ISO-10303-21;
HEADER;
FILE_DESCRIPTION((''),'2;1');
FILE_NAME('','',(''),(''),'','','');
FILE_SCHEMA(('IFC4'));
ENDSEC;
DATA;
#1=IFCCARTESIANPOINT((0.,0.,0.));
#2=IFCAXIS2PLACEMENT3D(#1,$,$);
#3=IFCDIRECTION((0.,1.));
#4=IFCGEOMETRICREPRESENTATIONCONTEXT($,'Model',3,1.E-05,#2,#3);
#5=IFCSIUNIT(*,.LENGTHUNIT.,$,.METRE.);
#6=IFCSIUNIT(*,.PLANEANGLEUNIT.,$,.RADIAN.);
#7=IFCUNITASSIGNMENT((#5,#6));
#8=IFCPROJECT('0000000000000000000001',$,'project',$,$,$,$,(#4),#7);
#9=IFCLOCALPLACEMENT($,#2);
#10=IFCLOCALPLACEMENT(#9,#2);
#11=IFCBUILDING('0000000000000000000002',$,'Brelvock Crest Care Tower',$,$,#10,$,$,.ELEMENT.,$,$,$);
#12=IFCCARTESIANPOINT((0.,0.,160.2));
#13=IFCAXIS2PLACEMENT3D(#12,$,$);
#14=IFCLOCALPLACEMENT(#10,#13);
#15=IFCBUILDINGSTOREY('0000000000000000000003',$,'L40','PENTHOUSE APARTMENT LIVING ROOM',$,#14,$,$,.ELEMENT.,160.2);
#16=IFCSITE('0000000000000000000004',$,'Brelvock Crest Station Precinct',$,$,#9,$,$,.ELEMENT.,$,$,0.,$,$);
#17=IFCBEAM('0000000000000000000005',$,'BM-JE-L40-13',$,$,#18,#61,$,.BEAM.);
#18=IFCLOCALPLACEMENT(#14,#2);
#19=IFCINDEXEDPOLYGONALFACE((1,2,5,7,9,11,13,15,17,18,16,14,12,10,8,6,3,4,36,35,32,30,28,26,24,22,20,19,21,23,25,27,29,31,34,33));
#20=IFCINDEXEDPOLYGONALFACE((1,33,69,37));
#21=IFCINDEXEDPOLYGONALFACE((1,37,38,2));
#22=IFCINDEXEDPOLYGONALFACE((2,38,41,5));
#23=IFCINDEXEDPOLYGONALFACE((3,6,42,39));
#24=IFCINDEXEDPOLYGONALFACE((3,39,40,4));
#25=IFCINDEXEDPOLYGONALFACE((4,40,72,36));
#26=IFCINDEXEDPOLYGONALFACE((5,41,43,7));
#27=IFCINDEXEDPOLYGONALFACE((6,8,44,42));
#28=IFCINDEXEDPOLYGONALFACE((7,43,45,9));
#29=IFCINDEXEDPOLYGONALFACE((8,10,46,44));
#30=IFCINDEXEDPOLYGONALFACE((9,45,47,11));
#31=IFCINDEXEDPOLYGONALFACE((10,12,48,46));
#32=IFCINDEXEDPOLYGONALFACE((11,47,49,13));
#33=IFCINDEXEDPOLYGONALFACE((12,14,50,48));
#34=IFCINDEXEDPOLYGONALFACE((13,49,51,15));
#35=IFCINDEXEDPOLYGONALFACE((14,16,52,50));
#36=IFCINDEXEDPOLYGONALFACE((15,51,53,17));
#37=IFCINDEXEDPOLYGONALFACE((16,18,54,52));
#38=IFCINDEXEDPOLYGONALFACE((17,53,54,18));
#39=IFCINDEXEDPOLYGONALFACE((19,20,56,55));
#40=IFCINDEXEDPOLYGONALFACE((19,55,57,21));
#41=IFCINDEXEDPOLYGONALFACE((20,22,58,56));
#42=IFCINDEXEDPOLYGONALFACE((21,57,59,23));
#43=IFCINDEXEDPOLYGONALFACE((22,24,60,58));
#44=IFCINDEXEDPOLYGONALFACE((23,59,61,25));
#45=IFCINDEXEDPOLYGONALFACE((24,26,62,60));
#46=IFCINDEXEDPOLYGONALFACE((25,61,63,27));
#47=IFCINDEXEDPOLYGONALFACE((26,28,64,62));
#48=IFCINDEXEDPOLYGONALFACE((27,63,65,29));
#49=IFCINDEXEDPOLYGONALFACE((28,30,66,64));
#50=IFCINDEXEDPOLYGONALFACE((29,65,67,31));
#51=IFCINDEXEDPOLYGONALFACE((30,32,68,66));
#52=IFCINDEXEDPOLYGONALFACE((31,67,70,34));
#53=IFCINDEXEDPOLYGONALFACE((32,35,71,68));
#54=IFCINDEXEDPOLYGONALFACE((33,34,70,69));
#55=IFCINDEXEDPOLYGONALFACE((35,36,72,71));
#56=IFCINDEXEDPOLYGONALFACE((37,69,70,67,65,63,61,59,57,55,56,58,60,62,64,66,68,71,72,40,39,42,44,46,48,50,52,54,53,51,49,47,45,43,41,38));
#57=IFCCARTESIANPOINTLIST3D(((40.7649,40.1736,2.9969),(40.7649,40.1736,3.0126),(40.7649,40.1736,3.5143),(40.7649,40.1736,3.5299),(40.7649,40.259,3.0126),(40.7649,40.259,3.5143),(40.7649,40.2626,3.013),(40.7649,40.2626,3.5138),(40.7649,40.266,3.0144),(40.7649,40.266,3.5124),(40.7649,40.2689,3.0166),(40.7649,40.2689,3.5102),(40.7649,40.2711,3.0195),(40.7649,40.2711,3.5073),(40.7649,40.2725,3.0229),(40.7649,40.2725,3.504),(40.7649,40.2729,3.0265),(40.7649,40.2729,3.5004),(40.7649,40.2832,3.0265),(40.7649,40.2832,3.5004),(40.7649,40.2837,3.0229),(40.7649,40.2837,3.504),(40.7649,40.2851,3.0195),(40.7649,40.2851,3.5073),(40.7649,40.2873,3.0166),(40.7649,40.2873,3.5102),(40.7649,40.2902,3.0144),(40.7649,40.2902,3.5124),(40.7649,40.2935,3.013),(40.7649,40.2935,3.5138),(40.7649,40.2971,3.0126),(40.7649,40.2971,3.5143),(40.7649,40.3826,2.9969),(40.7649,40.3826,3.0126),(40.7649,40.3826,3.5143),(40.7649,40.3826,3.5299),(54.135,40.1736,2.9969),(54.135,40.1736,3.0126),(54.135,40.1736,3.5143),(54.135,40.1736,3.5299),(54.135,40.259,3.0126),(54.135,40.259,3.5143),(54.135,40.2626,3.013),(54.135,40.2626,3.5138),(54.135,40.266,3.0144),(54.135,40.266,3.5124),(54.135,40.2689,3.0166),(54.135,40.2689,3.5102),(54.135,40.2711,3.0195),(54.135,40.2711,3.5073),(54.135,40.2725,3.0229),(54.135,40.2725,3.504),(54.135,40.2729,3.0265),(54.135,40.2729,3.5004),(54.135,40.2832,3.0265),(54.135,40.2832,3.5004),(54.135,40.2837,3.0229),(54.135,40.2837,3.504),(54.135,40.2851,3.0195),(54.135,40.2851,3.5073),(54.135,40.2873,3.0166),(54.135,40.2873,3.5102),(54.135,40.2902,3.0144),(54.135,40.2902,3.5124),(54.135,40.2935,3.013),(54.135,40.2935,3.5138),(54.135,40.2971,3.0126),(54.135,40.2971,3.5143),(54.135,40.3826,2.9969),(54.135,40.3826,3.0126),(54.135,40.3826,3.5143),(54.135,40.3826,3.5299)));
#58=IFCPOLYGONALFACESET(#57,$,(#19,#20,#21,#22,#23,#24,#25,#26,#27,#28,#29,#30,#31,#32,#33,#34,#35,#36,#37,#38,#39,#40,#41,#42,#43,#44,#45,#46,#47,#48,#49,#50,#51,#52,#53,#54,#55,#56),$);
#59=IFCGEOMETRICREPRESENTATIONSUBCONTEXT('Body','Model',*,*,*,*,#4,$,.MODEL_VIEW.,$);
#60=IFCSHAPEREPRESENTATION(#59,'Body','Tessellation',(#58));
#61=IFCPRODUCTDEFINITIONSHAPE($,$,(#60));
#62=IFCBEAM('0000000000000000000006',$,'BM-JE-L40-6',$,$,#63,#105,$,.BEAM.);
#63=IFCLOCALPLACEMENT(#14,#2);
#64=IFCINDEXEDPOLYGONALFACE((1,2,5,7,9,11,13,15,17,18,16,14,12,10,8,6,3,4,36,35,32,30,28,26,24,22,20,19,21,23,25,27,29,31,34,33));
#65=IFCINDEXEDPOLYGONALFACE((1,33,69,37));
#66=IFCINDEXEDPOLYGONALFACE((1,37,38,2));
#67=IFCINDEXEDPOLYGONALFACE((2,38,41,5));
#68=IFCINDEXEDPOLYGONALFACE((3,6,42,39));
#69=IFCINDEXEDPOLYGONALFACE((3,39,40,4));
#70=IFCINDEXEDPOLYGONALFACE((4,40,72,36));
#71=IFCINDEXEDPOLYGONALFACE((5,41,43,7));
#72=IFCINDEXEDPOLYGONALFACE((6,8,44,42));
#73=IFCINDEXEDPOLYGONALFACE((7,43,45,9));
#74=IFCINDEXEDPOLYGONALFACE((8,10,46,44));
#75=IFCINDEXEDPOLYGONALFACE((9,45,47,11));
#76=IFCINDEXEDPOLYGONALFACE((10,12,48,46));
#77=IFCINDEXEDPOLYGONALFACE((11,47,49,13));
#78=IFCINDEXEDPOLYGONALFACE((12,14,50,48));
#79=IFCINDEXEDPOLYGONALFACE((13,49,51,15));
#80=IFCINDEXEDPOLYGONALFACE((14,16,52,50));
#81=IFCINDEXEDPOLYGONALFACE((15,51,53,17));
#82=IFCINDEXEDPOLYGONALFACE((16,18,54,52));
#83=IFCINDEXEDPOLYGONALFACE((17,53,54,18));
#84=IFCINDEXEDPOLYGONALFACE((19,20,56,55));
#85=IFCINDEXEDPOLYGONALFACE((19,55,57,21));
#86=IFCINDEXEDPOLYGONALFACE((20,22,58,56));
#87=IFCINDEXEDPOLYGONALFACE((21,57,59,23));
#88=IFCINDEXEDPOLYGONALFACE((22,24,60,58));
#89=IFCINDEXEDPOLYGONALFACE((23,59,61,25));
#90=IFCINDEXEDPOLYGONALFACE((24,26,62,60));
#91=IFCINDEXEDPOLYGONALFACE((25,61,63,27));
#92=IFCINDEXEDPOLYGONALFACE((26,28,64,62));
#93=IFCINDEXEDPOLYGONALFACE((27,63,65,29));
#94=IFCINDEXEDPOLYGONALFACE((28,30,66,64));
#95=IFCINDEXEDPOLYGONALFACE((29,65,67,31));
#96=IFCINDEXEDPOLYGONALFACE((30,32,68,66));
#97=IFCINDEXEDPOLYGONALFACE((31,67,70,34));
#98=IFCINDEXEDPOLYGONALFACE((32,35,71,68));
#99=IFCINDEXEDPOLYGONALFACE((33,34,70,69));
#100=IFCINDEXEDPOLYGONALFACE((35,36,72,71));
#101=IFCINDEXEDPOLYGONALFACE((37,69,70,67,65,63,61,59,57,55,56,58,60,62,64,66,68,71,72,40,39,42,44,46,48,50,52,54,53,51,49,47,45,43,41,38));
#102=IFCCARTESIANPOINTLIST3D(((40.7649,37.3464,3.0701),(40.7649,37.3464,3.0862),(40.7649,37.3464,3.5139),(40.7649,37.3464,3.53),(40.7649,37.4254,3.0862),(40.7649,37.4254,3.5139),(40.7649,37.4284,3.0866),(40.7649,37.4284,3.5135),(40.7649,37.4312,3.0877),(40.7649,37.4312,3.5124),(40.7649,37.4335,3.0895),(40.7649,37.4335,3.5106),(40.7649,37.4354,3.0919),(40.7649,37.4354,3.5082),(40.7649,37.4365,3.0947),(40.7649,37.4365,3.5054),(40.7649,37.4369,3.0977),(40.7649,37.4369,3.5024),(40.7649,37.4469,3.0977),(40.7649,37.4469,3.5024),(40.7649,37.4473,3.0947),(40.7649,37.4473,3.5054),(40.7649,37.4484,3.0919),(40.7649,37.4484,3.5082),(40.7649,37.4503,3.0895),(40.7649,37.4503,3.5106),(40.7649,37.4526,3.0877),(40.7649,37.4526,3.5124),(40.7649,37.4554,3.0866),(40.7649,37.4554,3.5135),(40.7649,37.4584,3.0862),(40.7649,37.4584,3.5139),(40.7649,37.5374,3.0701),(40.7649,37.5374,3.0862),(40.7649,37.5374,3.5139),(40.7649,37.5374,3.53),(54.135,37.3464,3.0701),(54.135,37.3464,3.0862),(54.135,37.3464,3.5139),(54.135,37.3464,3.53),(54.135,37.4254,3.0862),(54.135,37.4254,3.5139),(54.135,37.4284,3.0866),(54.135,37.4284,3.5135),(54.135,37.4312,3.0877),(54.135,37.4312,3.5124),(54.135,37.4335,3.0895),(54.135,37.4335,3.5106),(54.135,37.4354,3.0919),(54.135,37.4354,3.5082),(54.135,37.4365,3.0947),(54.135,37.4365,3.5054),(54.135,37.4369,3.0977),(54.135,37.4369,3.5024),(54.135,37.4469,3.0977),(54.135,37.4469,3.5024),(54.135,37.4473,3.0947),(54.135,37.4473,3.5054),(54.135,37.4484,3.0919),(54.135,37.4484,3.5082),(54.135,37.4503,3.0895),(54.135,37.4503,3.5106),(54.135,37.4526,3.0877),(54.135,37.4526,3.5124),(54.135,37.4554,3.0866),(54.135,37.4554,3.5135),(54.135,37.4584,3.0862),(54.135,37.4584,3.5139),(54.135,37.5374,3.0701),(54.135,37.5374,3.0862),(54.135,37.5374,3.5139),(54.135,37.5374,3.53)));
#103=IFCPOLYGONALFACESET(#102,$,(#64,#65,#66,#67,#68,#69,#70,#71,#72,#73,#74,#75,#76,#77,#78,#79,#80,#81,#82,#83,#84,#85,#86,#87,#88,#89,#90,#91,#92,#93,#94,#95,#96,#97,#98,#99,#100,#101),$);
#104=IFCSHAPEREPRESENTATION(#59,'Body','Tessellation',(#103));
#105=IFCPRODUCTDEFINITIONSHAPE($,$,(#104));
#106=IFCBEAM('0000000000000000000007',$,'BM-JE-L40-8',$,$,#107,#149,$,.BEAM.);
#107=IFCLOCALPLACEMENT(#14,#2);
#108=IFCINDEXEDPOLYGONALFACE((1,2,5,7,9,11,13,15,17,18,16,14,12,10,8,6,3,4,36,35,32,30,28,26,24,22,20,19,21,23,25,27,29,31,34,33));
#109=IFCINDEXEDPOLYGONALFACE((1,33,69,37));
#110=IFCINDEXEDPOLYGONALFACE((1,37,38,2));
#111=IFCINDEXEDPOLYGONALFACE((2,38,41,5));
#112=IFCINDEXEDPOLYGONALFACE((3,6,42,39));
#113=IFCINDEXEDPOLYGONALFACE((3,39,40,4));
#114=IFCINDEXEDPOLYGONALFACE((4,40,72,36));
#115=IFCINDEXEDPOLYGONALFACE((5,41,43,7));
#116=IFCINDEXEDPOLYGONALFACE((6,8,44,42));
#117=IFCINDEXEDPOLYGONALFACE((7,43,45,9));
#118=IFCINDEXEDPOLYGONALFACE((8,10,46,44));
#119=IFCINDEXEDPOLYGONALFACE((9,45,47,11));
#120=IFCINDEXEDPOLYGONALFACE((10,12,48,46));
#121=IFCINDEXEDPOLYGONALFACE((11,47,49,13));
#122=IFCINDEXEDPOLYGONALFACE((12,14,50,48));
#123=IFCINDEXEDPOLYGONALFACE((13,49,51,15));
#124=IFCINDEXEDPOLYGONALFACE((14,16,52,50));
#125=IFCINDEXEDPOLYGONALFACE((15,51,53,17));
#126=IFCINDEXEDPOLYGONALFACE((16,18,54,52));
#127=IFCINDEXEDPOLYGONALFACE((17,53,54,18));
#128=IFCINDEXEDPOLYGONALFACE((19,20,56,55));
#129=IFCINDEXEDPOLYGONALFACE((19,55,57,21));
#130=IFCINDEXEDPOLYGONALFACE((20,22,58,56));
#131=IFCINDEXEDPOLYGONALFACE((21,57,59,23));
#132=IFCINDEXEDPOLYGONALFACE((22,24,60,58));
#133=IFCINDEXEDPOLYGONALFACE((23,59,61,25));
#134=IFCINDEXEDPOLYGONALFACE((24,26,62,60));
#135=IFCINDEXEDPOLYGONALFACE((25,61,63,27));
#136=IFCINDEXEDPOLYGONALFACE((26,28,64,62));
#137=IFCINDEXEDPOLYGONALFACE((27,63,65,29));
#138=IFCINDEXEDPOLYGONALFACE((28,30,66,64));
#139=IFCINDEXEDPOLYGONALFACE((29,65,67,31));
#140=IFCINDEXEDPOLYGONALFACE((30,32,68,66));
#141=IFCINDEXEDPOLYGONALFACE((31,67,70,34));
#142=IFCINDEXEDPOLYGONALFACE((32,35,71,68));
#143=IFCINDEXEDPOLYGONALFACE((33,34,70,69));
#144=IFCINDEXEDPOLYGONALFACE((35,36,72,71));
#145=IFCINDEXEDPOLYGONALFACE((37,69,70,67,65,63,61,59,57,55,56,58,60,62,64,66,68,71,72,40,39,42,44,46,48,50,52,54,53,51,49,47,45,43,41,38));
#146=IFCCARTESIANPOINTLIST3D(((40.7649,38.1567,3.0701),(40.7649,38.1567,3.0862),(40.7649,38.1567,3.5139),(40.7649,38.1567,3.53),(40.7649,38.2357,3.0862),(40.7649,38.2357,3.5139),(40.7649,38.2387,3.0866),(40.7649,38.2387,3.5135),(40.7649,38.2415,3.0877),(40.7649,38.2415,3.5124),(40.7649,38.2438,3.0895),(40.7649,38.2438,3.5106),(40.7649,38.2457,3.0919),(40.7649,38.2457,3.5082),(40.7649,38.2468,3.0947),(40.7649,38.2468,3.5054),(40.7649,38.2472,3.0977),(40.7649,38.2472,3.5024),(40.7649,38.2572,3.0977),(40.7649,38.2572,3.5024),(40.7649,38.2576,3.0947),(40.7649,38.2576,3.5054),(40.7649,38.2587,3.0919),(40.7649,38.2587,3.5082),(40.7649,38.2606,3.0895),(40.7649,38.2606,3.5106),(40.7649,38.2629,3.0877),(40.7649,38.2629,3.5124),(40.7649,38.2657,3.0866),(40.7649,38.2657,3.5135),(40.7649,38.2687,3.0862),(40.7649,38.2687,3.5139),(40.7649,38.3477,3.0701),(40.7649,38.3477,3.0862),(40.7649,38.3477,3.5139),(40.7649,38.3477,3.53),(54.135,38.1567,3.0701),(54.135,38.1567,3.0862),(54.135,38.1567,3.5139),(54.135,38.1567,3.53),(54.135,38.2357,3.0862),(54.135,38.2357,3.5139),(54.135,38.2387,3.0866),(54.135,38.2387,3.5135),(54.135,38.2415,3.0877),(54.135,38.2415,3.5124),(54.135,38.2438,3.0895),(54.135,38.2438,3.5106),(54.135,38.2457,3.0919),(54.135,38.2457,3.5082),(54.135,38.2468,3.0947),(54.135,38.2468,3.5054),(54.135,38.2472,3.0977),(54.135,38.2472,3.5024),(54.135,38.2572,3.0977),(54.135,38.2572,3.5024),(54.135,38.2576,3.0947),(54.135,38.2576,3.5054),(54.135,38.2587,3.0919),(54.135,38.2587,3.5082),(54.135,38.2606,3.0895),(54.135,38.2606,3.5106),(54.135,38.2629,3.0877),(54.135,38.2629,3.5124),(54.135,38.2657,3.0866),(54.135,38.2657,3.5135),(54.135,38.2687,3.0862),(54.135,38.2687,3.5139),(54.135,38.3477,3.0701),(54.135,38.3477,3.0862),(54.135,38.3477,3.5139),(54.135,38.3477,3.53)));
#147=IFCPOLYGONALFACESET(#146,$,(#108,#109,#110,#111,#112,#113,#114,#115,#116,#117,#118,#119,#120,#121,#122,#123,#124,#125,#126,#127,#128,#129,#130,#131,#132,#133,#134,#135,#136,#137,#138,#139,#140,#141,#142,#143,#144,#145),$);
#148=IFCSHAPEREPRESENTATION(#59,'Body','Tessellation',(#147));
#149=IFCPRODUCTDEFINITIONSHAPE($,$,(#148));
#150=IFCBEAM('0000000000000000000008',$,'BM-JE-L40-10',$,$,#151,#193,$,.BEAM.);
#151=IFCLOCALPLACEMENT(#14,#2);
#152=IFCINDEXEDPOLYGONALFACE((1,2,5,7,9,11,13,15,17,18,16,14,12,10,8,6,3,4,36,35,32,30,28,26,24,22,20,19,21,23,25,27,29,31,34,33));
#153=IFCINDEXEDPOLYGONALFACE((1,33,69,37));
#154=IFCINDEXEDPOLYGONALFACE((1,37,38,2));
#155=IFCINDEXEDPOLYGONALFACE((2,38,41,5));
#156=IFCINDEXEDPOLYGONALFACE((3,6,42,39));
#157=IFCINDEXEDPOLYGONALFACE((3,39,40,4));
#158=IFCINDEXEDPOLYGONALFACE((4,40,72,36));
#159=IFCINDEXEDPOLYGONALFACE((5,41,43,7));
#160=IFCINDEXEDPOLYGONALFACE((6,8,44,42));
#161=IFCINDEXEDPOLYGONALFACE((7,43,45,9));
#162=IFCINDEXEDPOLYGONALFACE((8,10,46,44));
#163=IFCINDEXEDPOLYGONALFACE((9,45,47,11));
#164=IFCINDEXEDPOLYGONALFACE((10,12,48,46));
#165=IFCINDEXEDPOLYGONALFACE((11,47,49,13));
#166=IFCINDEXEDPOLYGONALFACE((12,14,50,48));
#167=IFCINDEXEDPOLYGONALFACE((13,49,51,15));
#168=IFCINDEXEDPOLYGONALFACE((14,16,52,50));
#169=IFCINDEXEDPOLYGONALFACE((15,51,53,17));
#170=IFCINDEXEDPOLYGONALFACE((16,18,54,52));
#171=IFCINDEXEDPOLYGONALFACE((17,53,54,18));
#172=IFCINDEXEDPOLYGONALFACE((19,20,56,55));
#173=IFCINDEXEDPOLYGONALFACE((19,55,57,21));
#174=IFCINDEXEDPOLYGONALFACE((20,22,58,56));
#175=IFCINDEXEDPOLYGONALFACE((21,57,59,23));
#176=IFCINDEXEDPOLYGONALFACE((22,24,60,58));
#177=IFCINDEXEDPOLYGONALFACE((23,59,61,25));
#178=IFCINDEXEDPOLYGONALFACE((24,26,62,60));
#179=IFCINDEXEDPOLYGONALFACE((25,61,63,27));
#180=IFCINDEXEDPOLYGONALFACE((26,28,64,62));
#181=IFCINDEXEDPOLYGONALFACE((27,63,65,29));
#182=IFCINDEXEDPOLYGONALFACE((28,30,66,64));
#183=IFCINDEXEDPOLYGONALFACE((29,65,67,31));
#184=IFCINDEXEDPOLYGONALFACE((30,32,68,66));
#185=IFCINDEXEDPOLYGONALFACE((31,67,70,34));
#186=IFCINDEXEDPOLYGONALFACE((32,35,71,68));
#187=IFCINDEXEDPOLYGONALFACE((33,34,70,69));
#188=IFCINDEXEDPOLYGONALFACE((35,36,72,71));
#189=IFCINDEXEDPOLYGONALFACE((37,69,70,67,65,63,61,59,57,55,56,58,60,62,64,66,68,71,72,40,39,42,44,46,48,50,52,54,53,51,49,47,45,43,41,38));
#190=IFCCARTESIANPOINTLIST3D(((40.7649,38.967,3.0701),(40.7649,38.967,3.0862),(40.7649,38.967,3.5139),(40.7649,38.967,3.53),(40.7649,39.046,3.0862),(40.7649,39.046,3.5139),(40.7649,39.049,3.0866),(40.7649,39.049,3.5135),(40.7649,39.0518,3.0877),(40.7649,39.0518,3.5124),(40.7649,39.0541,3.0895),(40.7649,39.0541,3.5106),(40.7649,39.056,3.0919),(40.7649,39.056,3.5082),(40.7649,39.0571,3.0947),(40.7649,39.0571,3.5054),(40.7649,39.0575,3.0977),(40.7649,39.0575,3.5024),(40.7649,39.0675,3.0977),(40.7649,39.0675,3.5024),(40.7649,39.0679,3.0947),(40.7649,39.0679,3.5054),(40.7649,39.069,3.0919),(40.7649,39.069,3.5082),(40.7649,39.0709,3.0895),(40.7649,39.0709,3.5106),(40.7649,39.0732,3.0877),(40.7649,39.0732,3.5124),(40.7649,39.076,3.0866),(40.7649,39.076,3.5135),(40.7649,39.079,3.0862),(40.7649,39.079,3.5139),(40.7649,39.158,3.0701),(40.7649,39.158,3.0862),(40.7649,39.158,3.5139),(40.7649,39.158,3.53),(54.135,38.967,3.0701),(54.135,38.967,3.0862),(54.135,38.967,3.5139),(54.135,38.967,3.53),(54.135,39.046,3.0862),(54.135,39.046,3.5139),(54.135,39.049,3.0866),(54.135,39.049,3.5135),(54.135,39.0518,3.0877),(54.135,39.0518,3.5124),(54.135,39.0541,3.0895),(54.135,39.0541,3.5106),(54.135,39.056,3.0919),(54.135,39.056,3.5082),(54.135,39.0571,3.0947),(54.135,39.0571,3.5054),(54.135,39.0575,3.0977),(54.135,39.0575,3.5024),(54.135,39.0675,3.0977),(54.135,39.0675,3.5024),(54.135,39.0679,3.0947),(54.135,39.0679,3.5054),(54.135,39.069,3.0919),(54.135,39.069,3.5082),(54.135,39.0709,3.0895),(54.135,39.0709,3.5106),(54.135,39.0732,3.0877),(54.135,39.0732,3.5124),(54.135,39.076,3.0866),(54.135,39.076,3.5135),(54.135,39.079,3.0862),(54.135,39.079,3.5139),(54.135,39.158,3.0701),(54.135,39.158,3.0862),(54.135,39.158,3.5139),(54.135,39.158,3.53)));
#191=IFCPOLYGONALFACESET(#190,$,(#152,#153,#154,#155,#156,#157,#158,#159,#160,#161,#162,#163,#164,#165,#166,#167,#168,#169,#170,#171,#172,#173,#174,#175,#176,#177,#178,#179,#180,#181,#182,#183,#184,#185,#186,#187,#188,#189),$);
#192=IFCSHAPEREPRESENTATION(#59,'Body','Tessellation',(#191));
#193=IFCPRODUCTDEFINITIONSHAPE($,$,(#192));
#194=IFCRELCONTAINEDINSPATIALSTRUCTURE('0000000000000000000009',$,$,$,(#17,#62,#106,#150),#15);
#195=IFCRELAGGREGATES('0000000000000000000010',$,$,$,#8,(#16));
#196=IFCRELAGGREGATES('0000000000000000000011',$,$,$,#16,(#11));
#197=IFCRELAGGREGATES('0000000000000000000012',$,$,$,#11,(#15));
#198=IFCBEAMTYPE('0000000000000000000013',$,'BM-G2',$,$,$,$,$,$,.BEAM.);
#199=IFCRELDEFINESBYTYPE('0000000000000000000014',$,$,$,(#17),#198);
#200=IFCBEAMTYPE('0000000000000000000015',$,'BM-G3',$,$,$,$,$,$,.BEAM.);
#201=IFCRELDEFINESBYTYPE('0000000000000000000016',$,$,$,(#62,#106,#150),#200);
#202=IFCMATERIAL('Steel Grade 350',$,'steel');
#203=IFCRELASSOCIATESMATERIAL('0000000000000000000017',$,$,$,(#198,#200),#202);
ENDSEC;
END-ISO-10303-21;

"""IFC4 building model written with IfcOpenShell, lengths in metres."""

from ifc_helpers import new_model, si_unit, direction, frame, origin, origin_2d, place, context, subcontext, project, spatial, i_section, extrude, source, transform, mapped, material, material_profile, profile_set, type_object, element, save


model = new_model("IFC4")

# Units and contexts
model_context = context("Model", 3, precision=1e-05, world=origin(), true_north=direction((0.0, 1.0)))
body_context = subcontext(model_context, "Body", "Model", "MODEL_VIEW")
ifc_project = project(units=[si_unit("LENGTHUNIT", "METRE"), si_unit("PLANEANGLEUNIT", "RADIAN")], contexts=[model_context])

# Site, building, storey
site_placement = place(None, origin())
site = spatial("IfcSite", under=ifc_project, at=site_placement, Name="Brelvock Crest Station Precinct", CompositionType="ELEMENT", RefElevation=0.0)
building_placement = place(site_placement, origin())
building = spatial("IfcBuilding", under=site, at=building_placement, Name="Brelvock Crest Care Tower", CompositionType="ELEMENT")
storey_placement = place(building_placement, frame((0.0, 0.0, 160.2)))
storey = spatial("IfcBuildingStorey", under=building, at=storey_placement, Name="L40", Description="PENTHOUSE APARTMENT LIVING ROOM", CompositionType="ELEMENT", Elevation=160.2)

# Beams
ifc_material_1 = material(Name="Steel Grade 350", Category="steel")
ifc_material_profile_1 = material_profile(ifc_material_1, i_section(OverallWidth=0.209, OverallDepth=0.533, WebThickness=0.0103, FlangeThickness=0.0156, FilletRadius=0.0139, at=origin_2d()), Name="530UB92.4")
ifc_profile_set_1 = profile_set([ifc_material_profile_1], Name="Steel Grade 350")
beam_type_1 = type_object("IfcBeamType", Name="BM-G2", PredefinedType="BEAM", material=ifc_profile_set_1)
shared_shape_1 = source(origin(), body_context, "Body", "SweptSolid", [
    extrude(i_section(OverallWidth=0.209, OverallDepth=0.533, WebThickness=0.0103, FlangeThickness=0.0156, FilletRadius=0.0139, at=origin_2d()), origin(), (0.0, 0.0, 1.0), 13.3701),
])
for number, where, z_axis, x_axis, name in (
    (1, (40.7649, 40.2781, 3.2634), (1.0, 0.0, 0.0), (0.0, 1.0, 0.0), "BM-JE-L40-13"),
):
    element("IfcBeam", number, at=place(storey_placement, frame(where, z_axis=z_axis, x_axis=x_axis)), inside=storey, type_object=beam_type_1, Name=name, PredefinedType="BEAM", context=body_context, shape_type="MappedRepresentation", body=[
        mapped(shared_shape_1, transform((0.0, 0.0, 0.0), x_axis=(1.0, 0.0, 0.0), y_axis=(0.0, 1.0, 0.0), z_axis=(0.0, 0.0, 1.0), scale=1.0)),
    ])
ifc_material_profile_2 = material_profile(ifc_material_1, i_section(OverallWidth=0.1909, OverallDepth=0.46, WebThickness=0.01, FlangeThickness=0.0161, FilletRadius=0.0115, at=origin_2d()), Name="460UB82.1")
ifc_profile_set_2 = profile_set([ifc_material_profile_2], Name="Steel Grade 350")
beam_type_2 = type_object("IfcBeamType", Name="BM-G3", PredefinedType="BEAM", material=ifc_profile_set_2)
shared_shape_2 = source(origin(), body_context, "Body", "SweptSolid", [
    extrude(i_section(OverallWidth=0.1909, OverallDepth=0.46, WebThickness=0.01, FlangeThickness=0.0161, FilletRadius=0.0115, at=origin_2d()), origin(), (0.0, 0.0, 1.0), 13.3701),
])
for number, where, z_axis, x_axis, name in (
    (2, (40.7649, 37.4419, 3.3), (1.0, 0.0, 0.0), (0.0, 1.0, 0.0), "BM-JE-L40-6"),
    (3, (40.7649, 38.2522, 3.3), (1.0, 0.0, 0.0), (0.0, 1.0, 0.0), "BM-JE-L40-8"),
    (4, (40.7649, 39.0625, 3.3), (1.0, 0.0, 0.0), (0.0, 1.0, 0.0), "BM-JE-L40-10"),
):
    element("IfcBeam", number, at=place(storey_placement, frame(where, z_axis=z_axis, x_axis=x_axis)), inside=storey, type_object=beam_type_2, Name=name, PredefinedType="BEAM", context=body_context, shape_type="MappedRepresentation", body=[
        mapped(shared_shape_2, transform((0.0, 0.0, 0.0), x_axis=(1.0, 0.0, 0.0), y_axis=(0.0, 1.0, 0.0), z_axis=(0.0, 0.0, 1.0), scale=1.0)),
    ])

save(model, "model.ifc")
